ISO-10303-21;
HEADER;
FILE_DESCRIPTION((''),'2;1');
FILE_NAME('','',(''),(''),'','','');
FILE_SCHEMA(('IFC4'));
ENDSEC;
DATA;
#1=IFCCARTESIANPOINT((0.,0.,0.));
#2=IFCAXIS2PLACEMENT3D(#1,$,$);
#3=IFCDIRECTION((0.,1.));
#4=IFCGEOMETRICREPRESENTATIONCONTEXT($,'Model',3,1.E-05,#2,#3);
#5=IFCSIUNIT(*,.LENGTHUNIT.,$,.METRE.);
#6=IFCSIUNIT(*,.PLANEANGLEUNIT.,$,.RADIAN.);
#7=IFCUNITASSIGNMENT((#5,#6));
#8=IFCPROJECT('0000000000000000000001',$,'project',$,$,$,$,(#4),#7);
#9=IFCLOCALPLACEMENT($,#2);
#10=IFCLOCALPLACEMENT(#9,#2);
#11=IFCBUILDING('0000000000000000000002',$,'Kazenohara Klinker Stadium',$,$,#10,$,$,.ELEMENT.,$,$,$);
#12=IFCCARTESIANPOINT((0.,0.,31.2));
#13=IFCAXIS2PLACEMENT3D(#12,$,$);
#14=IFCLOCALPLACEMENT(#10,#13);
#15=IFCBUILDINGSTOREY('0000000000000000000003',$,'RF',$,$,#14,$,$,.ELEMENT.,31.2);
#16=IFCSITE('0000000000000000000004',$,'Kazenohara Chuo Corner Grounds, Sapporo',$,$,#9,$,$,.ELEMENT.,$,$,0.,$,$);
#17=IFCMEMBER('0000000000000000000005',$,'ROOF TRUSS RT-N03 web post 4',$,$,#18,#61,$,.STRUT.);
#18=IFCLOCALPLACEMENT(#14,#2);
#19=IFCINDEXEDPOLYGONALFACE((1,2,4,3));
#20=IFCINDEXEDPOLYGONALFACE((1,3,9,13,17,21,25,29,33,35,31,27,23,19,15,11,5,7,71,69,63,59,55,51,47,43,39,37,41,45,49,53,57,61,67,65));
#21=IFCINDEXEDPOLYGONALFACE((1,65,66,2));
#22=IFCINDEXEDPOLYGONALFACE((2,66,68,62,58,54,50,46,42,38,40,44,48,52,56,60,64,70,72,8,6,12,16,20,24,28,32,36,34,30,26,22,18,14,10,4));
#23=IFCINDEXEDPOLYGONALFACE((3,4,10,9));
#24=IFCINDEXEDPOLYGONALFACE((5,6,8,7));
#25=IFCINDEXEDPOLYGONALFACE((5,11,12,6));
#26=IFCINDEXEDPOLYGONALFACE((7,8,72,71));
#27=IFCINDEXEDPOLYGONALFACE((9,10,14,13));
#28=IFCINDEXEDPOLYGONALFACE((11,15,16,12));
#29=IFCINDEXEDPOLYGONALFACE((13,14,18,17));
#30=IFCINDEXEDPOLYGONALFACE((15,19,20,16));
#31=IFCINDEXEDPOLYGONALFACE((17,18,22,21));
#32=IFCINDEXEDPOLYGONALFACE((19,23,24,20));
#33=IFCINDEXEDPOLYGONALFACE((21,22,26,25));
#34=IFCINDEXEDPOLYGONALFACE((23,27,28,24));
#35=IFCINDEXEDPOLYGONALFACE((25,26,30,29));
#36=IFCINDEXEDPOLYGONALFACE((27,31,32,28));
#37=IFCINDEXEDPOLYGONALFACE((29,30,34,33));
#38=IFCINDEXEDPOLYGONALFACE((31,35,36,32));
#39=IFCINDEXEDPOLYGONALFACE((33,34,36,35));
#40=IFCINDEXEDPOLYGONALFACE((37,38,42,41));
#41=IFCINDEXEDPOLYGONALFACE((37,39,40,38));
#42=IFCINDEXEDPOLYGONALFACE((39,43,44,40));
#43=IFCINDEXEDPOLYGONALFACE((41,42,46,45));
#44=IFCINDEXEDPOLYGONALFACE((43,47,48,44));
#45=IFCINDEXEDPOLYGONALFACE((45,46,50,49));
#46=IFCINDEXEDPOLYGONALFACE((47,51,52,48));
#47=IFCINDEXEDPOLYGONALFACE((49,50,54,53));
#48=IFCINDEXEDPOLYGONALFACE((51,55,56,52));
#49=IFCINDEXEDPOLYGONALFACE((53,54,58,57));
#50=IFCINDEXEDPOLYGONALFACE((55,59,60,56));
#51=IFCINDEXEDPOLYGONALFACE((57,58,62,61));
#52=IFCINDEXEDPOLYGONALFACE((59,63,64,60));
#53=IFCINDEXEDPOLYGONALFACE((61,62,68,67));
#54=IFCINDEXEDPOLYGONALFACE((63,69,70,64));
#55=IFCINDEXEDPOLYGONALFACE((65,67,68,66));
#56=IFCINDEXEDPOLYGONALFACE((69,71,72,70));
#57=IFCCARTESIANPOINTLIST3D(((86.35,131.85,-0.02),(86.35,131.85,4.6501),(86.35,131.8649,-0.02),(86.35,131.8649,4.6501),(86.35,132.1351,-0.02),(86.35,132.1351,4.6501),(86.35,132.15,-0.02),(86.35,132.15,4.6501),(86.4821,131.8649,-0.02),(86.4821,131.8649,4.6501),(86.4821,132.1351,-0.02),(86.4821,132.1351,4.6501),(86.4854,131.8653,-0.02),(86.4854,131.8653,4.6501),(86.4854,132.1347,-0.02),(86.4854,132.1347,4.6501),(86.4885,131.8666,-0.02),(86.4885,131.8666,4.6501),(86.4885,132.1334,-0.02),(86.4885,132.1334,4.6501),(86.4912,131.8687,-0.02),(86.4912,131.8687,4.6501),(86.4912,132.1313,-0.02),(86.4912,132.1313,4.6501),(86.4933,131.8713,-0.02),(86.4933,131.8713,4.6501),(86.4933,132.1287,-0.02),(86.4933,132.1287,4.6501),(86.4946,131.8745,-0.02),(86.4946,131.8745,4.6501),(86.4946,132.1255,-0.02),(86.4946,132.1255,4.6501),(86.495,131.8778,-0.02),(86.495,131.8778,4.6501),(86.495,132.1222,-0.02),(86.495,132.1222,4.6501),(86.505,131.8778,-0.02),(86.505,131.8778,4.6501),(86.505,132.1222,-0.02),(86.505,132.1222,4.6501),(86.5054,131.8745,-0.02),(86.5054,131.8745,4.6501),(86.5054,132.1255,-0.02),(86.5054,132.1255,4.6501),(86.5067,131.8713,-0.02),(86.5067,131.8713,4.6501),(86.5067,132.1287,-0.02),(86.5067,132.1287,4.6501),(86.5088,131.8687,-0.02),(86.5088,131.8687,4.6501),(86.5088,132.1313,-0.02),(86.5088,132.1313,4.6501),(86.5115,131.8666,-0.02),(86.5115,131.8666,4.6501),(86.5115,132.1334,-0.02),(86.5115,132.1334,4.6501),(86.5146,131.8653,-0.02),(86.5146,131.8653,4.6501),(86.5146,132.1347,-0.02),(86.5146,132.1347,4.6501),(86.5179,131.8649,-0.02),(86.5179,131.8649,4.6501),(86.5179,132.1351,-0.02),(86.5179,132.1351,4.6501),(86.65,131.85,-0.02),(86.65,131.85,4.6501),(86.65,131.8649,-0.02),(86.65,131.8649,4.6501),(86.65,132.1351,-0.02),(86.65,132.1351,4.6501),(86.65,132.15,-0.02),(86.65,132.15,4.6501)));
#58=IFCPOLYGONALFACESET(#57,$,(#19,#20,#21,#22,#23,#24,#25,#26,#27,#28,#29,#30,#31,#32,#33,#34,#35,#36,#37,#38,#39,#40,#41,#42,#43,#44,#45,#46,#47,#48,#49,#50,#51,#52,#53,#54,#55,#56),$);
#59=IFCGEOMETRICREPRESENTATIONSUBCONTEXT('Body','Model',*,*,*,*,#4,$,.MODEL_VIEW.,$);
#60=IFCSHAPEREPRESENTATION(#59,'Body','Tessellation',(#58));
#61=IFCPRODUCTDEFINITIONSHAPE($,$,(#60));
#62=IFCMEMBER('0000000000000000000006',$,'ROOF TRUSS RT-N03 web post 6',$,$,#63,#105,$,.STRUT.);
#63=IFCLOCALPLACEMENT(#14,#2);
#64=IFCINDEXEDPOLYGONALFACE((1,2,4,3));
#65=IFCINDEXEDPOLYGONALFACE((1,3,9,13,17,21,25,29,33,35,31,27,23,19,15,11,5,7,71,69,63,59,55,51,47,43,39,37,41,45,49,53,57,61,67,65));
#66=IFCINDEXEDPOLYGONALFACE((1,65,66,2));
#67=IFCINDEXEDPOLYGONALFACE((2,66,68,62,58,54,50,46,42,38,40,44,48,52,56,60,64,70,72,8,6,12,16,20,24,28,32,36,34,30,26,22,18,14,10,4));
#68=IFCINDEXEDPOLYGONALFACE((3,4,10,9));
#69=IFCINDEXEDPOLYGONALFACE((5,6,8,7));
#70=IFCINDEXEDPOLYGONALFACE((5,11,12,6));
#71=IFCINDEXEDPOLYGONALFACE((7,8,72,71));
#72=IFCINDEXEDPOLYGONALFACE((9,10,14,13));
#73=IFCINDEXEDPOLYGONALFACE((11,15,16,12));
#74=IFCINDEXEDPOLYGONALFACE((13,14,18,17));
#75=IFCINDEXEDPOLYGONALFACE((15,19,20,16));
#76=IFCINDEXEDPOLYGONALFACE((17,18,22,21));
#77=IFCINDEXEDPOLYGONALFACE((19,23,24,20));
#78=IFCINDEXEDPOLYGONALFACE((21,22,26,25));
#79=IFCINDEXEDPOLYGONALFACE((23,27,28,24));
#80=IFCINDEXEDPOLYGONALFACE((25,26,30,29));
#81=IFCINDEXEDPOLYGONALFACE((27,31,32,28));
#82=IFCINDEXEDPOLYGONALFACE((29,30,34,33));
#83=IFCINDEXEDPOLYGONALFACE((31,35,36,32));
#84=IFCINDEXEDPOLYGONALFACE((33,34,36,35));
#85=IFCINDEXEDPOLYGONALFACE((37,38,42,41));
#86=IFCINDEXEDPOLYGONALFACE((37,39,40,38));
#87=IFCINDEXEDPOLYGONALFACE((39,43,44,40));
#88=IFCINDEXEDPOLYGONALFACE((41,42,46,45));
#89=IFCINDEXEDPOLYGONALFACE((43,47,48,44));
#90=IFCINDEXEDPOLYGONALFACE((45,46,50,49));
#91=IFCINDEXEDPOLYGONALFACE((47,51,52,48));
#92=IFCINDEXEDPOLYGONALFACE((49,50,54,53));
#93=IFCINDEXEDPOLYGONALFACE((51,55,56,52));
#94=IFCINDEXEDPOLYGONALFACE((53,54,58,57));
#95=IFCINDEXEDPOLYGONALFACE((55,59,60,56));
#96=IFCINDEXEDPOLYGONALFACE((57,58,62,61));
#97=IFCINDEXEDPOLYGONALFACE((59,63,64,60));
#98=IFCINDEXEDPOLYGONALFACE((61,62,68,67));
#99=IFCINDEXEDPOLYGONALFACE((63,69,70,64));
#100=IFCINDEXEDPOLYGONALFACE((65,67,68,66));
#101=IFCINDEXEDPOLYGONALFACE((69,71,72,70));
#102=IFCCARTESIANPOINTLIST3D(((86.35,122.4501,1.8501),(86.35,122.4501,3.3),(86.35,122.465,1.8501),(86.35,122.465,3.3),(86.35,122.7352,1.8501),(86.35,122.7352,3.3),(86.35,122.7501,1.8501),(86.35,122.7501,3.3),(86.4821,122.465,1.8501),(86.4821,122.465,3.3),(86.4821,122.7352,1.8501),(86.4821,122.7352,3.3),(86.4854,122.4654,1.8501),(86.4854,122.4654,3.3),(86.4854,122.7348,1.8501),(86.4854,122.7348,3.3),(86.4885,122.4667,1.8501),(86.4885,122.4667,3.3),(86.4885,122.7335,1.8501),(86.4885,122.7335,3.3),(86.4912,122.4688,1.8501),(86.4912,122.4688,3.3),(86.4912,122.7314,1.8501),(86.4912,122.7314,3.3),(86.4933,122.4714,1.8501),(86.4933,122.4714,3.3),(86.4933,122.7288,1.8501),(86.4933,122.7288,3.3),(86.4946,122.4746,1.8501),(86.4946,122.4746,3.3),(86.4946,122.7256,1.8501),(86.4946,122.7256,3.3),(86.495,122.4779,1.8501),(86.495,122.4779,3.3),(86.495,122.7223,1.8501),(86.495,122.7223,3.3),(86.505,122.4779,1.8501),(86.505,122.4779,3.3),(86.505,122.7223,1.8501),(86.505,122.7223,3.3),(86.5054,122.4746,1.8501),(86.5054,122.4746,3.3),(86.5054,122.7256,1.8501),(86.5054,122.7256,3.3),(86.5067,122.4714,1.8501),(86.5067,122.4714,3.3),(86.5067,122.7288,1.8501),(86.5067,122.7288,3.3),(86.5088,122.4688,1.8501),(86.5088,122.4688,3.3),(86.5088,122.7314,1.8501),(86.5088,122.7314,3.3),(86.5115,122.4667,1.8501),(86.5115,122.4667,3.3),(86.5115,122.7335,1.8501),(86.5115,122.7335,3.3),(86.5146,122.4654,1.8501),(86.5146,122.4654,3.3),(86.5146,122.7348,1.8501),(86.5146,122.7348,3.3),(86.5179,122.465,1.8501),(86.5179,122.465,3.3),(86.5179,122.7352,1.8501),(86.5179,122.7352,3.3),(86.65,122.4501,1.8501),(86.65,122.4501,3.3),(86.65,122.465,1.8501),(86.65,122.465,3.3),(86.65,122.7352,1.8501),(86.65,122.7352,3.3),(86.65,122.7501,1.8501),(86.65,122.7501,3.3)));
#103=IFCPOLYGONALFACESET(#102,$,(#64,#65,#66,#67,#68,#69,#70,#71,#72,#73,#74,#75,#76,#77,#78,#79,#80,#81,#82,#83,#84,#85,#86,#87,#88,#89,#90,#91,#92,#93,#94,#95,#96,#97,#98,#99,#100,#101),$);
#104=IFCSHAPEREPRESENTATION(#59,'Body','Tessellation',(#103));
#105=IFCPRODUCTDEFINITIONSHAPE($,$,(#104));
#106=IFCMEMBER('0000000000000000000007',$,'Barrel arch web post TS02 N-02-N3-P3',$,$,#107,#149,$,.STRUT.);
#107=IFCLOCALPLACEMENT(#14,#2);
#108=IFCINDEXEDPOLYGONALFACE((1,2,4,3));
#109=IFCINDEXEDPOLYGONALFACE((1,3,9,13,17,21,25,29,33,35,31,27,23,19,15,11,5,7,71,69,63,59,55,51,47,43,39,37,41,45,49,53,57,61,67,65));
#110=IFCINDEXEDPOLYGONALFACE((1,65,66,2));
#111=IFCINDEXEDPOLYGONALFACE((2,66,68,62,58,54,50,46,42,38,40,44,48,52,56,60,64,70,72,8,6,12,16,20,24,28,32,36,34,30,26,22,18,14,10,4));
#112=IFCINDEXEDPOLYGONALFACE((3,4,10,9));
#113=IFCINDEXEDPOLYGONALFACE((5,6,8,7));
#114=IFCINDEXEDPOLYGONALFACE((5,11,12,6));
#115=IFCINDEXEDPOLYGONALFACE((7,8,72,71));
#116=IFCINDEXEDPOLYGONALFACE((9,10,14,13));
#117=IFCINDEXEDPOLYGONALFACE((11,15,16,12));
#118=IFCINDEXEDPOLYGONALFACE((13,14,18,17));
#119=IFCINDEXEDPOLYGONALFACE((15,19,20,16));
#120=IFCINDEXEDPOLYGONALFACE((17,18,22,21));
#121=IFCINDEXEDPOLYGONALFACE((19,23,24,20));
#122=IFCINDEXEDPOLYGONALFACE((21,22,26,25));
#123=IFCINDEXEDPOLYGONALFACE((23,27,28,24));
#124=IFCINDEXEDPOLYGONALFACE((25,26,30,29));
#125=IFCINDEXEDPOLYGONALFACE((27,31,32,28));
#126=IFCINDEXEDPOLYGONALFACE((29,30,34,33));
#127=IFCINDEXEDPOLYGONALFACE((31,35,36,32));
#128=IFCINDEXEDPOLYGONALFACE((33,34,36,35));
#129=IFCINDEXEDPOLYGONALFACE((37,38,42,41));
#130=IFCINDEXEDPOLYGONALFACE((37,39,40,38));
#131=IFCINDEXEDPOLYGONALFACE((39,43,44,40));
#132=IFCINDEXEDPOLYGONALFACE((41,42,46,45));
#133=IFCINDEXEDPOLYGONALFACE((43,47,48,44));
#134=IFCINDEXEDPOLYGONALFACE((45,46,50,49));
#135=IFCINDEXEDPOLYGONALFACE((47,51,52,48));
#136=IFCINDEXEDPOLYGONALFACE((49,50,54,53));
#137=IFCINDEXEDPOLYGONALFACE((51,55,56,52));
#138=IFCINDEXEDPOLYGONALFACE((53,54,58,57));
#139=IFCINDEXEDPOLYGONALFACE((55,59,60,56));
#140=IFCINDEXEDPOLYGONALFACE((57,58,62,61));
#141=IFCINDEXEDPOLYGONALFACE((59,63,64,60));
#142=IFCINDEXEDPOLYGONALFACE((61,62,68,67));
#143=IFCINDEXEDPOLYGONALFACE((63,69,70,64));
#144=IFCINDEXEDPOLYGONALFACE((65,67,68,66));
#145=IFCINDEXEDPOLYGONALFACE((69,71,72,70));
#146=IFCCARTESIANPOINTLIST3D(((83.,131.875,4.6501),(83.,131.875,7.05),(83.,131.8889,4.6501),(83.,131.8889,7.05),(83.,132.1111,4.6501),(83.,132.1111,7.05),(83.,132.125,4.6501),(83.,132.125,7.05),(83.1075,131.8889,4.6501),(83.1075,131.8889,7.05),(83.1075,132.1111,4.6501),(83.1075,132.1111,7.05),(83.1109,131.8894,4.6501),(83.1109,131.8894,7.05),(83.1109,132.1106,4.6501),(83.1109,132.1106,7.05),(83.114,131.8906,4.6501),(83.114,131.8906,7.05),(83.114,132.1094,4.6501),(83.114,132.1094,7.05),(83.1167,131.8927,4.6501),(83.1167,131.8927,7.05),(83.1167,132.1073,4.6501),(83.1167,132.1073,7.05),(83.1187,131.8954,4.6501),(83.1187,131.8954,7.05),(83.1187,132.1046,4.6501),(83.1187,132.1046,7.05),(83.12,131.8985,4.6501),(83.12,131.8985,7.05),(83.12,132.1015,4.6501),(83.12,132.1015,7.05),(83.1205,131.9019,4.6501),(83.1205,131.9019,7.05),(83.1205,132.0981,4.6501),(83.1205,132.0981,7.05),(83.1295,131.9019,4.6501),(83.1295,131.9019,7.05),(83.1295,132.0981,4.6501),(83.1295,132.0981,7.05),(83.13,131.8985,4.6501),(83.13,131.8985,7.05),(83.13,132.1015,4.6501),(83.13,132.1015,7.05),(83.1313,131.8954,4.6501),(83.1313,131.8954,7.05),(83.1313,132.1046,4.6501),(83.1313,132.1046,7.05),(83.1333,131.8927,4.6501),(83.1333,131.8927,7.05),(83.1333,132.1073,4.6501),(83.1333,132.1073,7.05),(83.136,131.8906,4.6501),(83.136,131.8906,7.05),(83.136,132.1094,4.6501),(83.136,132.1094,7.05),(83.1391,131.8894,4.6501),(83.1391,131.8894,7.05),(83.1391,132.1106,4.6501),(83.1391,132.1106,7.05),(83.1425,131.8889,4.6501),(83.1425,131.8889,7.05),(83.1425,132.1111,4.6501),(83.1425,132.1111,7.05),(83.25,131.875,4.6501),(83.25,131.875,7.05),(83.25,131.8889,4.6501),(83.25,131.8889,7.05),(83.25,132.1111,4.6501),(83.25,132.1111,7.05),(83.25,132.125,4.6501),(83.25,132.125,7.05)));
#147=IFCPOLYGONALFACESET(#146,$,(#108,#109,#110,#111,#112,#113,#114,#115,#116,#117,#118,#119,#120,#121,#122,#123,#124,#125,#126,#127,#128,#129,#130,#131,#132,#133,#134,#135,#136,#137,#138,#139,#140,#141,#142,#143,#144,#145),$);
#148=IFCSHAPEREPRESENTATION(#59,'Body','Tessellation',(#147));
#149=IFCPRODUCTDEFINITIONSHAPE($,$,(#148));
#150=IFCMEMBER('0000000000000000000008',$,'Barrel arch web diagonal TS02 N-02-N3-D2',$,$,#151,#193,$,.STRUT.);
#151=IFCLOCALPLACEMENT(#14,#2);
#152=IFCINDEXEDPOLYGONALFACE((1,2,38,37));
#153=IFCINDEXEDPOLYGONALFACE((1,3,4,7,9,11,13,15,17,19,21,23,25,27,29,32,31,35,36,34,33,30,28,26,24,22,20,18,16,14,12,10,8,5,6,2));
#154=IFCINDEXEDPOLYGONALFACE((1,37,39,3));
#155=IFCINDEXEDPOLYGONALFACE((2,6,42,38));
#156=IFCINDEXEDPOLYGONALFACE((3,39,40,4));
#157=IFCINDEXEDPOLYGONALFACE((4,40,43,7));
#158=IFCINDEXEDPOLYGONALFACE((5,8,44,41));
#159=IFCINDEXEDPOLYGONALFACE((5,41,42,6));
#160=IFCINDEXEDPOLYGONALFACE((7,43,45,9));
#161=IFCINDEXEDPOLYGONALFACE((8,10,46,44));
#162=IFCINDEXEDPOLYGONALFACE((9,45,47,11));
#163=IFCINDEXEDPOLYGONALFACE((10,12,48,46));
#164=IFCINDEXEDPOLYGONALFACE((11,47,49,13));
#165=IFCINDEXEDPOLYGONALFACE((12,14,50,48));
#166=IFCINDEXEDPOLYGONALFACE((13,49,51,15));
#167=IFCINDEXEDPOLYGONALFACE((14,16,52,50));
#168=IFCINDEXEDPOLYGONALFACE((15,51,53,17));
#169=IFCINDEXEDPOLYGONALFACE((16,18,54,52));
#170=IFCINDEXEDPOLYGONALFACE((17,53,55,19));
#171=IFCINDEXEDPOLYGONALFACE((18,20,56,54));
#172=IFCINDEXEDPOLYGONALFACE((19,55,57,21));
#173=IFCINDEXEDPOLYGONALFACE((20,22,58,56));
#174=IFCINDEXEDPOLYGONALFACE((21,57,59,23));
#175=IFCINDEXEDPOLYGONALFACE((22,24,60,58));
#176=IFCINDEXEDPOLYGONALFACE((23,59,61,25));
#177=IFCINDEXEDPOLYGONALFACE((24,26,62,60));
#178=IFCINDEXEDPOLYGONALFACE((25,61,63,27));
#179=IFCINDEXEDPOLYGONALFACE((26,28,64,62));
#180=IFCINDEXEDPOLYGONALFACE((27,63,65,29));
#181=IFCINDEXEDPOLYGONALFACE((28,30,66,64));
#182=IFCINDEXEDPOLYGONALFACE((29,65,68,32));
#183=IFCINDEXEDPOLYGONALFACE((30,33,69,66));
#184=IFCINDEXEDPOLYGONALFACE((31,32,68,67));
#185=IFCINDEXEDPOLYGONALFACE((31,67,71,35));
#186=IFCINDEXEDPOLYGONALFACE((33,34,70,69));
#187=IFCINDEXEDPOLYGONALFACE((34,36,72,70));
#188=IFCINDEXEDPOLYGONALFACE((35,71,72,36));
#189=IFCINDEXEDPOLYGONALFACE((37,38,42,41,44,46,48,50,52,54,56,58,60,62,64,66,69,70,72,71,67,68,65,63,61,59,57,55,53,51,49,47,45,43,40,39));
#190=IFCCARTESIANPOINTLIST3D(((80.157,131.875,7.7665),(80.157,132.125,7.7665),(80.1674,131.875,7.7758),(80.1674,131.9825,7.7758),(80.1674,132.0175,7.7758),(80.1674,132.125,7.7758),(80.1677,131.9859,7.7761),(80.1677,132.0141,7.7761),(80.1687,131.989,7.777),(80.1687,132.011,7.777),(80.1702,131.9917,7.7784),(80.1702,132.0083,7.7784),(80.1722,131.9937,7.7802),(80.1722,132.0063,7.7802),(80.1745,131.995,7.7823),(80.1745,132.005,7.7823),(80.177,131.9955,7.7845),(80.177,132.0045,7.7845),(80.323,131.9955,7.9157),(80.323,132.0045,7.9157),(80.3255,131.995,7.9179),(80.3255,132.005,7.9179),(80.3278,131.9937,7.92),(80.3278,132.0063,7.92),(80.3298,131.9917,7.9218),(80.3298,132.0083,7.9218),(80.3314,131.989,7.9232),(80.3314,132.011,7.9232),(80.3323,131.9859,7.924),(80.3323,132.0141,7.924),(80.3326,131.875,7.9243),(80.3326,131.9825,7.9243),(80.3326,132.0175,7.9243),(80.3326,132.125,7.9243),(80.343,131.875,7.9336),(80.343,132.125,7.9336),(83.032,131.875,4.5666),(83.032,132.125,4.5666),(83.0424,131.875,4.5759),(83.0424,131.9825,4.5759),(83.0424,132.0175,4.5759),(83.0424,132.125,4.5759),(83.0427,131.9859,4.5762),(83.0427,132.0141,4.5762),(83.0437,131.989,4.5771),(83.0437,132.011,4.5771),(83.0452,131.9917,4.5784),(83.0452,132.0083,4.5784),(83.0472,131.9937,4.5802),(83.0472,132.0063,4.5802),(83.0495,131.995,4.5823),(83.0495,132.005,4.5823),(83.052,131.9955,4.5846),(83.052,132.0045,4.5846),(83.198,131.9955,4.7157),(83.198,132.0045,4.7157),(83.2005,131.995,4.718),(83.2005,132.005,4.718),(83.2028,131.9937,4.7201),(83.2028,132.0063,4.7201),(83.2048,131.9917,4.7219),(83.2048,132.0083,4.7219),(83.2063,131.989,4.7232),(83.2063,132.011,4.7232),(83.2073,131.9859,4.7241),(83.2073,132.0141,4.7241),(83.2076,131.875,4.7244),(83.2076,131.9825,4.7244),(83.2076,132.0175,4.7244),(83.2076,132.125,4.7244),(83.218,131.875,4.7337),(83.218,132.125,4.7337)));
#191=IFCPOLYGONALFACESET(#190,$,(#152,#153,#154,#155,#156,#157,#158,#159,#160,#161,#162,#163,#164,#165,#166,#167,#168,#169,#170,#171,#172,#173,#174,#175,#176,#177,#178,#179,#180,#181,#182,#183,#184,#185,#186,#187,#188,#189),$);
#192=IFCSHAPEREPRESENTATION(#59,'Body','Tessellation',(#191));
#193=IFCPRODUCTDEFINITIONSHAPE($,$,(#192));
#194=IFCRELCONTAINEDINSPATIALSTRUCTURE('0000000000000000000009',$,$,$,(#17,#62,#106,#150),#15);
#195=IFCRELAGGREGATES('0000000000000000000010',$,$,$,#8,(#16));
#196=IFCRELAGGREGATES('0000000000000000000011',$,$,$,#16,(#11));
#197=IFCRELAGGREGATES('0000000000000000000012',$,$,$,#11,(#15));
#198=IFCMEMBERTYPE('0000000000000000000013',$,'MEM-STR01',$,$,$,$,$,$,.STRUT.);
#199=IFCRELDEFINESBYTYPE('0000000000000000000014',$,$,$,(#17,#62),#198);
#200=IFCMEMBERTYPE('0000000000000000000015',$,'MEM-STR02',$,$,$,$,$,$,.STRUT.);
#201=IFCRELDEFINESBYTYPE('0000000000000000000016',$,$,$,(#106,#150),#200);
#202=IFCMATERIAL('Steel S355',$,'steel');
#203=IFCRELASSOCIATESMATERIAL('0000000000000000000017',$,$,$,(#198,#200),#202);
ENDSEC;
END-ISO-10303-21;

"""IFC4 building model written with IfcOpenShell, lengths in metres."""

from ifc_helpers import new_model, si_unit, direction, frame, origin, origin_2d, place, context, subcontext, project, spatial, i_section, extrude, material, material_profile, profile_set, type_object, element, save


model = new_model("IFC4")

# Units and contexts
model_context = context("Model", 3, precision=1e-05, world=origin(), true_north=direction((0.0, 1.0)))
body_context = subcontext(model_context, "Body", "Model", "MODEL_VIEW")
ifc_project = project(units=[si_unit("LENGTHUNIT", "METRE"), si_unit("PLANEANGLEUNIT", "RADIAN")], contexts=[model_context])

# Site, building, storey
site_placement = place(None, origin())
site = spatial("IfcSite", under=ifc_project, at=site_placement, Name="Kazenohara Chuo Corner Grounds, Sapporo", CompositionType="ELEMENT", RefElevation=0.0)
building_placement = place(site_placement, origin())
building = spatial("IfcBuilding", under=site, at=building_placement, Name="Kazenohara Klinker Stadium", CompositionType="ELEMENT")
storey_placement = place(building_placement, frame((0.0, 0.0, 31.2)))
storey = spatial("IfcBuildingStorey", under=building, at=storey_placement, Name="RF", CompositionType="ELEMENT", Elevation=31.2)

# Members
ifc_material_1 = material(Name="Steel S355", Category="steel")
ifc_material_profile_1 = material_profile(ifc_material_1, i_section(OverallWidth=0.3, OverallDepth=0.3, WebThickness=0.01, FlangeThickness=0.0149, FilletRadius=0.0129, at=origin_2d()), Name="H-300x300x10x15")
ifc_profile_set_1 = profile_set([ifc_material_profile_1], Name="Steel S355")
member_type_1 = type_object("IfcMemberType", Name="MEM-STR01", PredefinedType="STRUT", material=ifc_profile_set_1)
member_1_placement = place(storey_placement, frame((86.5, 132.0, -0.02), z_axis=(0.0, 0.0, 1.0), x_axis=(1.0, 0.0, 0.0)))
element("IfcMember", 1, at=member_1_placement, inside=storey, type_object=member_type_1, Name="ROOF TRUSS RT-N03 web post 4", PredefinedType="STRUT", context=body_context, shape_type="SweptSolid", body=[
    extrude(i_section(OverallWidth=0.3, OverallDepth=0.3, WebThickness=0.01, FlangeThickness=0.0149, FilletRadius=0.0129, at=origin_2d()), origin(), (0.0, 0.0, 1.0), 4.6702),
])
member_2_placement = place(storey_placement, frame((86.5, 122.6001, 1.8501), z_axis=(0.0, 0.0, 1.0), x_axis=(1.0, 0.0, 0.0)))
element("IfcMember", 2, at=member_2_placement, inside=storey, type_object=member_type_1, Name="ROOF TRUSS RT-N03 web post 6", PredefinedType="STRUT", context=body_context, shape_type="SweptSolid", body=[
    extrude(i_section(OverallWidth=0.3, OverallDepth=0.3, WebThickness=0.01, FlangeThickness=0.0149, FilletRadius=0.0129, at=origin_2d()), origin(), (0.0, 0.0, 1.0), 1.45),
])
ifc_material_profile_2 = material_profile(ifc_material_1, i_section(OverallWidth=0.25, OverallDepth=0.25, WebThickness=0.009, FlangeThickness=0.0139, FilletRadius=0.0129, at=origin_2d()), Name="H-250x250x9x14")
ifc_profile_set_2 = profile_set([ifc_material_profile_2], Name="Steel S355")
member_type_2 = type_object("IfcMemberType", Name="MEM-STR02", PredefinedType="STRUT", material=ifc_profile_set_2)
member_3_placement = place(storey_placement, frame((83.125, 132.0, 4.6501), z_axis=(0.0, 0.0, 1.0), x_axis=(1.0, 0.0, 0.0)))
element("IfcMember", 3, at=member_3_placement, inside=storey, type_object=member_type_2, Name="Barrel arch web post TS02 N-02-N3-P3", PredefinedType="STRUT", context=body_context, shape_type="SweptSolid", body=[
    extrude(i_section(OverallWidth=0.25, OverallDepth=0.25, WebThickness=0.009, FlangeThickness=0.0139, FilletRadius=0.0129, at=origin_2d()), origin(), (0.0, 0.0, 1.0), 2.3999),
])
member_4_placement = place(storey_placement, frame((83.125, 132.0, 4.6501), z_axis=(-0.668328, 0.0, 0.743867), x_axis=(0.0, -1.0, 0.0)))
element("IfcMember", 4, at=member_4_placement, inside=storey, type_object=member_type_2, Name="Barrel arch web diagonal TS02 N-02-N3-D2", PredefinedType="STRUT", context=body_context, shape_type="SweptSolid", body=[
    extrude(i_section(OverallWidth=0.25, OverallDepth=0.25, WebThickness=0.009, FlangeThickness=0.0139, FilletRadius=0.0129, at=origin_2d()), origin(), (0.0, 0.0, 1.0), 4.3018),
])

save(model, "model.ifc")
